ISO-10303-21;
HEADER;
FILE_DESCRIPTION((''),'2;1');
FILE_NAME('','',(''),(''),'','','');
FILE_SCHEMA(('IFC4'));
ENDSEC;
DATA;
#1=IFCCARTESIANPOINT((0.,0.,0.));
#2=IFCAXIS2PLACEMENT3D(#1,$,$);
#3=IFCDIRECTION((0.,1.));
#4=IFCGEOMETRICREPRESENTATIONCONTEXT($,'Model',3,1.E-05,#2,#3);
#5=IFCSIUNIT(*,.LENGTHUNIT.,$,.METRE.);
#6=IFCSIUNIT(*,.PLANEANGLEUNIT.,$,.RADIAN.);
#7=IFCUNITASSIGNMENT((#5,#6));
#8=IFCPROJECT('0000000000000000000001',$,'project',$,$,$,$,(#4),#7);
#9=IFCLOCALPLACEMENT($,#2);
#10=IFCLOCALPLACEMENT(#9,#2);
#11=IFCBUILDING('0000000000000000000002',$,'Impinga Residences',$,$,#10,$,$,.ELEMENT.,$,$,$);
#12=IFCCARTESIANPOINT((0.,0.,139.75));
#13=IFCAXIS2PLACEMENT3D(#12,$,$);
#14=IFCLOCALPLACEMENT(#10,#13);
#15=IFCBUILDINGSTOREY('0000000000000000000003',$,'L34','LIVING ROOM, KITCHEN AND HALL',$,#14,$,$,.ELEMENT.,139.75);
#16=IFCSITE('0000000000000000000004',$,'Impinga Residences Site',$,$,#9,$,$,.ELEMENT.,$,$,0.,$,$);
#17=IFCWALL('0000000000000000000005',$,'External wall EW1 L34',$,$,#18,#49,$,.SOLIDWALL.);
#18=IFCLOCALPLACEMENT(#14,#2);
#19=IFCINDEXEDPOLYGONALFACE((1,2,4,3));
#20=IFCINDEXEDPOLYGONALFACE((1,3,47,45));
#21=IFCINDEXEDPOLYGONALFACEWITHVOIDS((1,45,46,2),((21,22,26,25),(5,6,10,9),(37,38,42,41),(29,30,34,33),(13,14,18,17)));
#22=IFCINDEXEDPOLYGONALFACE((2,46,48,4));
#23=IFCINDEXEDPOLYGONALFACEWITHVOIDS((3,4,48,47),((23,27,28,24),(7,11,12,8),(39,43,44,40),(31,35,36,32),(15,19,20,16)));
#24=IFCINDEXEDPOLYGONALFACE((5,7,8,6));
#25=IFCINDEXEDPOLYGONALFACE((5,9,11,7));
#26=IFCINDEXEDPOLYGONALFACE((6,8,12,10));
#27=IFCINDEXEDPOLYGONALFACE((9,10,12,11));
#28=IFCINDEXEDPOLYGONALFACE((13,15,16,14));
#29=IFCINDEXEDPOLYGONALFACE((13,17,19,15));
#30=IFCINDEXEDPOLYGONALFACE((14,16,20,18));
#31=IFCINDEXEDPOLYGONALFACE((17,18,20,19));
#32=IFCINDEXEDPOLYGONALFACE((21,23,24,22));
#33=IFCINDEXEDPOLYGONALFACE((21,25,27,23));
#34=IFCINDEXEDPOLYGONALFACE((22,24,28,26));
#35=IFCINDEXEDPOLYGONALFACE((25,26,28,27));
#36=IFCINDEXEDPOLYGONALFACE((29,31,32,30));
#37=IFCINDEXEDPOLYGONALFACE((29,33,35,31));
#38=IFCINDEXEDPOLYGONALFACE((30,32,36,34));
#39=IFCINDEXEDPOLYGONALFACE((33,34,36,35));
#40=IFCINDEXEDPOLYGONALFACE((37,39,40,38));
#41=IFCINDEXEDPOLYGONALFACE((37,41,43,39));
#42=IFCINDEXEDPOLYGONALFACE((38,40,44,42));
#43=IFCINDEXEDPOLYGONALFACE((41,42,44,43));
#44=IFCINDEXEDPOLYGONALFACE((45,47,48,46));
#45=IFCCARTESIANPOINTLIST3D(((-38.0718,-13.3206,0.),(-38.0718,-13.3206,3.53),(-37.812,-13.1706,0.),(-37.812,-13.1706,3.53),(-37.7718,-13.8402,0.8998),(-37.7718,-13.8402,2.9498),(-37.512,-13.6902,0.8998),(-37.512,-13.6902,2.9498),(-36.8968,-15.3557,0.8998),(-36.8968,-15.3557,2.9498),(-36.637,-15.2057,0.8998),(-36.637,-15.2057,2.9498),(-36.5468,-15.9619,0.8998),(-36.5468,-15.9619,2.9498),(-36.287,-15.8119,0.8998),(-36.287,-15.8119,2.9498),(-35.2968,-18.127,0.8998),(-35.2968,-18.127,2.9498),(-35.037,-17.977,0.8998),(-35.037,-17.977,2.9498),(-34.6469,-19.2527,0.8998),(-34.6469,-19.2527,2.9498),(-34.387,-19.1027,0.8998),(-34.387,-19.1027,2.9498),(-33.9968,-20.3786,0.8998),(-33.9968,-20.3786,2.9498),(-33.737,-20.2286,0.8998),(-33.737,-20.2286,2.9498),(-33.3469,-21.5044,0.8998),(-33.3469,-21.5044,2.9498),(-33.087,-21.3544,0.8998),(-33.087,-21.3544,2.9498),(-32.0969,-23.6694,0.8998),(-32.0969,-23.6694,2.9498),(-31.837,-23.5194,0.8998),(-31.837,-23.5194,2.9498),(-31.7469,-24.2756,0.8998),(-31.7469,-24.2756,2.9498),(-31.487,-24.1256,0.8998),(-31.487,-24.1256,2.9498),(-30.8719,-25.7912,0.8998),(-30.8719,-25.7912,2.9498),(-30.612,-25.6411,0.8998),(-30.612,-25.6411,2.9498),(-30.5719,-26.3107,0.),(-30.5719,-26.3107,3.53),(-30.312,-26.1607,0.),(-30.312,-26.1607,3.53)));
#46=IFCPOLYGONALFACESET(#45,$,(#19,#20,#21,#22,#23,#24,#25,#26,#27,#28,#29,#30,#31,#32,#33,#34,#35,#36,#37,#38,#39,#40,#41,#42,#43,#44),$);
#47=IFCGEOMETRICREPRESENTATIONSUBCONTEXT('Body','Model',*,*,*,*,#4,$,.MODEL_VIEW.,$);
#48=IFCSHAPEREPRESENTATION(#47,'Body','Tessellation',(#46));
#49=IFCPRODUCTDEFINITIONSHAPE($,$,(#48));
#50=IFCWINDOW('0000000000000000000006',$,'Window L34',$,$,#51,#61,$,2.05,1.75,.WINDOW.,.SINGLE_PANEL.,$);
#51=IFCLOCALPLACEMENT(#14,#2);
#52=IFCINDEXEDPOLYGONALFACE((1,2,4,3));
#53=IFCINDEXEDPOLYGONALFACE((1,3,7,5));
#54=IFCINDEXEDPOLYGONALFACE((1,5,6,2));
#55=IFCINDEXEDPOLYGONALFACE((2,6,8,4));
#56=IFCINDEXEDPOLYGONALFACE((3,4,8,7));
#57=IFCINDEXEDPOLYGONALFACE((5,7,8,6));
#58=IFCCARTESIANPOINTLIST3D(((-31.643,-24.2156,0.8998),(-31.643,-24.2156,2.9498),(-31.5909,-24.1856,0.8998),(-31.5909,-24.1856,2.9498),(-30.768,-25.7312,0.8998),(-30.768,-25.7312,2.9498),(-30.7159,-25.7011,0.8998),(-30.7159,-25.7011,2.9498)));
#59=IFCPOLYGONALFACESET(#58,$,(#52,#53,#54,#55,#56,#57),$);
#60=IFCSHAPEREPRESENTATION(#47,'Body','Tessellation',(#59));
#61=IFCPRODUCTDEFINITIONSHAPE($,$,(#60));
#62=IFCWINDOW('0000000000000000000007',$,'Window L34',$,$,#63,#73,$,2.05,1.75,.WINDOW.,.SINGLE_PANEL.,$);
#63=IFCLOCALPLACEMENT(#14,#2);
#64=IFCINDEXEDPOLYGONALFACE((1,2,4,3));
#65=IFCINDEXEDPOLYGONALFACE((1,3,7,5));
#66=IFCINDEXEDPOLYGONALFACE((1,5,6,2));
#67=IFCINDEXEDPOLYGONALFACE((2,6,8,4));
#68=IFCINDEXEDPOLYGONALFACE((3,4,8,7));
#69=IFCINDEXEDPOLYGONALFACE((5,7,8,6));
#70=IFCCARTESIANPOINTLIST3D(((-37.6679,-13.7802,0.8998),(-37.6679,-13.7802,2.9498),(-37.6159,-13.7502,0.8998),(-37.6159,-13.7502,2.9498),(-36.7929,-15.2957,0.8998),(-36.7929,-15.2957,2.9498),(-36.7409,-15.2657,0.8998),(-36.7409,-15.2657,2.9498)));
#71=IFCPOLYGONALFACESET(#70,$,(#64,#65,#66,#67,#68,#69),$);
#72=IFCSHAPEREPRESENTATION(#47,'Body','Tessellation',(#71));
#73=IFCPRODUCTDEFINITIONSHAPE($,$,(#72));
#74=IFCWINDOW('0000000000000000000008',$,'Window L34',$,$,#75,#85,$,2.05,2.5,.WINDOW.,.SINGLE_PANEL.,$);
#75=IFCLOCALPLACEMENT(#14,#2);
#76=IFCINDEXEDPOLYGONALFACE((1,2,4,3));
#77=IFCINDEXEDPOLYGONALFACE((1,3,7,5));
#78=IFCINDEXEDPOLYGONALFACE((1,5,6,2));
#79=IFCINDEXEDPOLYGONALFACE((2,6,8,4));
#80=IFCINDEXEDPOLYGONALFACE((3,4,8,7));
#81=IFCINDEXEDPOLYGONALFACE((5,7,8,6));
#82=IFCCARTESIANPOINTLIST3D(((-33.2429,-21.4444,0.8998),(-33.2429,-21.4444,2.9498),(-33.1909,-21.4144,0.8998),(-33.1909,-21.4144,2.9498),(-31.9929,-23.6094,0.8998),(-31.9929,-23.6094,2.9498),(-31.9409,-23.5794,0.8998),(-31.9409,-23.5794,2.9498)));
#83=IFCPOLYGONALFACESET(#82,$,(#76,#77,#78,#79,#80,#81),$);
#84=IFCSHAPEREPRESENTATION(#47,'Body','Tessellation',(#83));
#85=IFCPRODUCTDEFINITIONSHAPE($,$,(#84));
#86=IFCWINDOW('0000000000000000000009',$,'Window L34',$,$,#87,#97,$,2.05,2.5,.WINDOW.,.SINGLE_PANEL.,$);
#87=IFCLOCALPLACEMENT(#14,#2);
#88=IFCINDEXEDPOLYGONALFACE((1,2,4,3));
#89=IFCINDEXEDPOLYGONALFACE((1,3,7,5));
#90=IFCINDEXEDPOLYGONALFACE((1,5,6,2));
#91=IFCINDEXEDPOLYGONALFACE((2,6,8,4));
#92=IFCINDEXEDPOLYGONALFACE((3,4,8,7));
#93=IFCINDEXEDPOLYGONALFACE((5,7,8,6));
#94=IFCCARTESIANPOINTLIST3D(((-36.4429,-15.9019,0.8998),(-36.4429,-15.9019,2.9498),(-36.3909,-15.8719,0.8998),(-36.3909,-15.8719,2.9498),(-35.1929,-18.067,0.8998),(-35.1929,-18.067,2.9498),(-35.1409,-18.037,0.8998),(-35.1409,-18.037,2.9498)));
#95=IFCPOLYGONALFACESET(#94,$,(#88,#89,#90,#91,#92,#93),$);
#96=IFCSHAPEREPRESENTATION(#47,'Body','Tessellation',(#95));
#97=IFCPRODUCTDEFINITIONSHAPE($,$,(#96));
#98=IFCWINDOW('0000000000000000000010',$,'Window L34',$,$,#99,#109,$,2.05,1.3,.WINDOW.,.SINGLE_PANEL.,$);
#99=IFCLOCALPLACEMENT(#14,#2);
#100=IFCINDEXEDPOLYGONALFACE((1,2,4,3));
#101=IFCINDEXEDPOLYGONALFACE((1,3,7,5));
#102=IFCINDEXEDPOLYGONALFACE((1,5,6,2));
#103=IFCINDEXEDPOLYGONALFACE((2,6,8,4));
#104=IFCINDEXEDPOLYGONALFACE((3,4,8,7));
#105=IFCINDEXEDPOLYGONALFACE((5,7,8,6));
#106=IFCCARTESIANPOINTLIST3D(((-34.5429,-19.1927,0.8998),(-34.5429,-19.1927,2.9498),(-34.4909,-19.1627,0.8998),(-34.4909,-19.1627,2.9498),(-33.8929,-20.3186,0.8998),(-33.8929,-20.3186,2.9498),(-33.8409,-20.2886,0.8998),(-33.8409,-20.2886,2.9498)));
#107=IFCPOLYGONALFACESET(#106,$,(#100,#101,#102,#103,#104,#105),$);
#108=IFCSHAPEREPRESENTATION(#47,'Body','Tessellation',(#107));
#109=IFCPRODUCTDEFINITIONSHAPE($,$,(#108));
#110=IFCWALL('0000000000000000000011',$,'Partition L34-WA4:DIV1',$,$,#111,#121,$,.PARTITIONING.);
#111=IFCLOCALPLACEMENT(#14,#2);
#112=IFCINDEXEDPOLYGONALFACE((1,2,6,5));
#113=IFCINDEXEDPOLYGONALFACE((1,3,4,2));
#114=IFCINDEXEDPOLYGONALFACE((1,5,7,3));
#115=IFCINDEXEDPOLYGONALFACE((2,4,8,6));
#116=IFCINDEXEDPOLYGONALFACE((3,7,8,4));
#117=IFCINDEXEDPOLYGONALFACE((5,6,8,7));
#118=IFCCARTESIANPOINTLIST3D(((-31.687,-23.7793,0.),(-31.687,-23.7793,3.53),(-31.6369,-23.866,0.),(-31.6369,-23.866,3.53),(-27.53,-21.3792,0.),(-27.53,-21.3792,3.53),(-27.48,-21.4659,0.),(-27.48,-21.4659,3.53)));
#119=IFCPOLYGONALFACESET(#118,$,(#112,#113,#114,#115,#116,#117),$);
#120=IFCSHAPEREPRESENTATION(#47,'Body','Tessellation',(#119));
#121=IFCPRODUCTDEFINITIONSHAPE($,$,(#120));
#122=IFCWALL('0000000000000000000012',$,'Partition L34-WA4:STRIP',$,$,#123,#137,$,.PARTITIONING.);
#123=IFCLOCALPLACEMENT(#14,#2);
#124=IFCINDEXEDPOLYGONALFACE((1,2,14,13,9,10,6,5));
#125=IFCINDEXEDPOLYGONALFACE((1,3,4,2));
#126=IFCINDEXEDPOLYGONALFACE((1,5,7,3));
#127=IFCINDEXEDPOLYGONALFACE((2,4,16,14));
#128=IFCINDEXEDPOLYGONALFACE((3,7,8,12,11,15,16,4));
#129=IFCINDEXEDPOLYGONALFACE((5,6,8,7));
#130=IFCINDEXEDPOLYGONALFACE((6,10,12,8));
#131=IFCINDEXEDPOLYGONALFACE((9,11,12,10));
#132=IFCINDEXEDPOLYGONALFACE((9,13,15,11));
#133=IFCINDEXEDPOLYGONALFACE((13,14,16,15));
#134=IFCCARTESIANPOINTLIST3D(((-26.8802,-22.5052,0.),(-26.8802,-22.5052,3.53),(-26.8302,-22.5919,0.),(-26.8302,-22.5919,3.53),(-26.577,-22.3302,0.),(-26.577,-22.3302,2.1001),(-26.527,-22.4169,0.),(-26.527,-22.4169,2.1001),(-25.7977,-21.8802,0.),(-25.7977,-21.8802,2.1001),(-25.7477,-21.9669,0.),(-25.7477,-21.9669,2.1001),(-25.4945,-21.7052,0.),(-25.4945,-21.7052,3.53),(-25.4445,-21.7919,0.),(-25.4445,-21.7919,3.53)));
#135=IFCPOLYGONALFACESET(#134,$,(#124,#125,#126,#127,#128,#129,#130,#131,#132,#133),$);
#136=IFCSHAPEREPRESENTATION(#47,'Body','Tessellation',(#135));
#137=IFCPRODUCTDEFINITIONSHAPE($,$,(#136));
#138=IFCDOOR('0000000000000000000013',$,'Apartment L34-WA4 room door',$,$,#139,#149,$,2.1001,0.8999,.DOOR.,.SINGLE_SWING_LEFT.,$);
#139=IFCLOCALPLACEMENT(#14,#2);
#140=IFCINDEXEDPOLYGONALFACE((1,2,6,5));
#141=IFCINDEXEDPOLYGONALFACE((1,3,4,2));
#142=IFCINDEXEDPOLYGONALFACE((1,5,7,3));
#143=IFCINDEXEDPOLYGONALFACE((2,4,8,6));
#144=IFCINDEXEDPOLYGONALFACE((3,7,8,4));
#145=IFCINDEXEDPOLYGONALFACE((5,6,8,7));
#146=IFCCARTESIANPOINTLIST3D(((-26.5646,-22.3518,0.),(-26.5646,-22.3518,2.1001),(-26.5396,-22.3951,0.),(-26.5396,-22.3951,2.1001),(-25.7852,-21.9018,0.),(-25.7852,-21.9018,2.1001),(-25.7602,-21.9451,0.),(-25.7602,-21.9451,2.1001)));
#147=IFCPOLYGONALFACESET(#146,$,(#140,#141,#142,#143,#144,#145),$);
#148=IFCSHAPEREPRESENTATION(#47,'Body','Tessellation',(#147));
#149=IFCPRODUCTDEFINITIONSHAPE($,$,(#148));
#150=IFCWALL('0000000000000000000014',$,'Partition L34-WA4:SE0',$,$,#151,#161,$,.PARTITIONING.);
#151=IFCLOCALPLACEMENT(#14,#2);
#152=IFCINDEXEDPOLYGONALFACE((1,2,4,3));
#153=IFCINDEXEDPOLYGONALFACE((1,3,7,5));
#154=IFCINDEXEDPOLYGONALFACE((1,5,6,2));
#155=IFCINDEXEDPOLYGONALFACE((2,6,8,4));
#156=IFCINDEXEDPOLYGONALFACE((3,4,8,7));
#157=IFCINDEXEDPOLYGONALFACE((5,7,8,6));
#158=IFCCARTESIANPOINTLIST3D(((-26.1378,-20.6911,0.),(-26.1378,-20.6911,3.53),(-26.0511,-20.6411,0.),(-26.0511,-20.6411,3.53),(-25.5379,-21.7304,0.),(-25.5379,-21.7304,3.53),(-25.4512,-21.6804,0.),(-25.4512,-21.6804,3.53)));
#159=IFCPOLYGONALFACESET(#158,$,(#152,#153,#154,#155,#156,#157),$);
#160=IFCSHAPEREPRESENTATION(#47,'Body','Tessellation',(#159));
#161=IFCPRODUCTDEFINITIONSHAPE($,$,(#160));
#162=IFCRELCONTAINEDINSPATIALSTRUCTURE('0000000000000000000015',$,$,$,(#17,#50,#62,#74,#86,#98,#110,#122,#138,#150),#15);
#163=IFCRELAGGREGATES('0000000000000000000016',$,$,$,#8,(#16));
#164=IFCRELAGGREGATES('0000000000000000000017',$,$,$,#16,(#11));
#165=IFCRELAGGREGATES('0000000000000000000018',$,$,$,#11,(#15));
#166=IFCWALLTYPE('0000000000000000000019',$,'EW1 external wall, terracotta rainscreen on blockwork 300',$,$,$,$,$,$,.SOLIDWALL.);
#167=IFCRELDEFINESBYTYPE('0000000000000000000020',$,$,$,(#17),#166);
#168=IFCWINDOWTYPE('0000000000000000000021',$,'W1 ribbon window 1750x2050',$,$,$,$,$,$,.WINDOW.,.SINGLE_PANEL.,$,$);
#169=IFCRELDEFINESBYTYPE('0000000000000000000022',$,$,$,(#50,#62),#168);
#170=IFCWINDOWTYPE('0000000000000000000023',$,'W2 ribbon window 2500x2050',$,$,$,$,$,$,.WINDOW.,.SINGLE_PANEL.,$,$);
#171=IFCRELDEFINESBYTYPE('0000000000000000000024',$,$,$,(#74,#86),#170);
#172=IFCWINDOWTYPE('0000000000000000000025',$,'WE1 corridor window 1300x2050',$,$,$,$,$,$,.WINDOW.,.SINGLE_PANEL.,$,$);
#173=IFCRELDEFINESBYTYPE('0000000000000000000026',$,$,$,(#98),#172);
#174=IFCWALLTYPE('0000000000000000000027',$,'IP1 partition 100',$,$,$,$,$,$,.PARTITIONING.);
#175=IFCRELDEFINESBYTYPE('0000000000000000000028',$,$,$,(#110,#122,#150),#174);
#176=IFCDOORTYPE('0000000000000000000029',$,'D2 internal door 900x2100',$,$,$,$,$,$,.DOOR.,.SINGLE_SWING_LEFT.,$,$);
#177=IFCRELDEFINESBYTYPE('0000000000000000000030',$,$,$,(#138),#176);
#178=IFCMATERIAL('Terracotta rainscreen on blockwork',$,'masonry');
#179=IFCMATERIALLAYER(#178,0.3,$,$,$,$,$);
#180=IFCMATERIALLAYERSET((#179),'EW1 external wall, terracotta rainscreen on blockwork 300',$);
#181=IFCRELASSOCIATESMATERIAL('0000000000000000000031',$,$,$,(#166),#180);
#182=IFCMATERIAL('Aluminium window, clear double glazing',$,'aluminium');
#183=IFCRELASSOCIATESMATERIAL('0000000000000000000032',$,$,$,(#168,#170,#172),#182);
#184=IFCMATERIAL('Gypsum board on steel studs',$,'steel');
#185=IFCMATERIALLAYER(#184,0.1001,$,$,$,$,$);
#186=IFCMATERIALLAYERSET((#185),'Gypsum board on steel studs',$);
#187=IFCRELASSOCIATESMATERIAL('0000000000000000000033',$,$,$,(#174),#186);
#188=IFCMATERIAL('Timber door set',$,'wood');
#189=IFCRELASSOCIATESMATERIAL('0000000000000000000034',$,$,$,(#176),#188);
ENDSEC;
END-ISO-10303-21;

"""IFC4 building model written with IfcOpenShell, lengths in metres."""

from ifc_helpers import new_model, si_unit, direction, frame, frame_2d, origin, place, context, subcontext, project, spatial, rectangle, extrude, material, layer, layer_set, type_object, element, fill, save


model = new_model("IFC4")

# Units and contexts
model_context = context("Model", 3, precision=1e-05, world=origin(), true_north=direction((0.0, 1.0)))
body_context = subcontext(model_context, "Body", "Model", "MODEL_VIEW")
ifc_project = project(units=[si_unit("LENGTHUNIT", "METRE"), si_unit("PLANEANGLEUNIT", "RADIAN")], contexts=[model_context])

# Site, building, storey
site_placement = place(None, origin())
site = spatial("IfcSite", under=ifc_project, at=site_placement, Name="Impinga Residences Site", CompositionType="ELEMENT", RefElevation=0.0)
building_placement = place(site_placement, origin())
building = spatial("IfcBuilding", under=site, at=building_placement, Name="Impinga Residences", CompositionType="ELEMENT")
storey_placement = place(building_placement, frame((0.0, 0.0, 139.75)))
storey = spatial("IfcBuildingStorey", under=building, at=storey_placement, Name="L34", Description="LIVING ROOM, KITCHEN AND HALL", CompositionType="ELEMENT", Elevation=139.75)

# Shared definitions
ifc_material_1 = material(Name="Terracotta rainscreen on blockwork", Category="masonry")
ifc_layer_1 = layer(ifc_material_1, 0.3)
ifc_layer_set_1 = layer_set([ifc_layer_1], Name="EW1 external wall, terracotta rainscreen on blockwork 300")
wall_type_1 = type_object("IfcWallType", Name="EW1 external wall, terracotta rainscreen on blockwork 300", PredefinedType="SOLIDWALL", material=ifc_layer_set_1)

# Wall, openings, windows
wall_1_placement = place(storey_placement, frame((-30.4419, -26.2358, 0.0), z_axis=(0.0, 0.0, 1.0), x_axis=(-0.500004, 0.866023, 0.0)))
wall_1 = element("IfcWall", 1, at=wall_1_placement, inside=storey, type_object=wall_type_1, Name="External wall EW1 L34", PredefinedType="SOLIDWALL", context=body_context, shape_type="SweptSolid", body=[
    extrude(rectangle(XDim=14.9998, YDim=0.3, at=frame_2d((7.5, 0.0))), origin(), (0.0, 0.0, 1.0), 3.53),
])
opening_1_placement = place(wall_1_placement, frame((0.6001, 0.0, 0.8999)))
opening_1 = element("IfcOpeningElement", 2, at=opening_1_placement, cuts=wall_1, PredefinedType="OPENING", context=body_context, shape_type="SweptSolid", body=[
    extrude(rectangle(XDim=1.75, YDim=2.05, at=frame_2d((0.875, 1.0249))), frame((0.0, 0.1599, 0.0), z_axis=(0.0, -1.0, 0.0), x_axis=(1.0, 0.0, 0.0)), (0.0, 0.0, 1.0), 0.3201),
])
opening_2_placement = place(wall_1_placement, frame((3.05, 0.0, 0.8999)))
opening_2 = element("IfcOpeningElement", 3, at=opening_2_placement, cuts=wall_1, PredefinedType="OPENING", context=body_context, shape_type="SweptSolid", body=[
    extrude(rectangle(XDim=2.5, YDim=2.05, at=frame_2d((1.25, 1.0249))), frame((0.0, 0.1599, 0.0), z_axis=(0.0, -1.0, 0.0), x_axis=(1.0, 0.0, 0.0)), (0.0, 0.0, 1.0), 0.3201),
])
opening_3_placement = place(wall_1_placement, frame((6.8501, 0.0, 0.8999)))
opening_3 = element("IfcOpeningElement", 4, at=opening_3_placement, cuts=wall_1, PredefinedType="OPENING", context=body_context, shape_type="SweptSolid", body=[
    extrude(rectangle(XDim=1.3, YDim=2.05, at=frame_2d((0.6499, 1.0249))), frame((0.0, 0.1599, 0.0), z_axis=(0.0, -1.0, 0.0), x_axis=(1.0, 0.0, 0.0)), (0.0, 0.0, 1.0), 0.3201),
])
opening_4_placement = place(wall_1_placement, frame((9.45, 0.0, 0.8999)))
opening_4 = element("IfcOpeningElement", 5, at=opening_4_placement, cuts=wall_1, PredefinedType="OPENING", context=body_context, shape_type="SweptSolid", body=[
    extrude(rectangle(XDim=2.5, YDim=2.05, at=frame_2d((1.25, 1.0249))), frame((0.0, 0.1599, 0.0), z_axis=(0.0, -1.0, 0.0), x_axis=(1.0, 0.0, 0.0)), (0.0, 0.0, 1.0), 0.3201),
])
opening_5_placement = place(wall_1_placement, frame((12.6499, 0.0, 0.8999)))
opening_5 = element("IfcOpeningElement", 6, at=opening_5_placement, cuts=wall_1, PredefinedType="OPENING", context=body_context, shape_type="SweptSolid", body=[
    extrude(rectangle(XDim=1.75, YDim=2.05, at=frame_2d((0.875, 1.0249))), frame((0.0, 0.1599, 0.0), z_axis=(0.0, -1.0, 0.0), x_axis=(1.0, 0.0, 0.0)), (0.0, 0.0, 1.0), 0.3201),
])
ifc_material_2 = material(Name="Aluminium window, clear double glazing", Category="aluminium")
window_type_1 = type_object("IfcWindowType", Name="W1 ribbon window 1750x2050", PartitioningType="SINGLE_PANEL", PredefinedType="WINDOW", material=ifc_material_2)
window_1_placement = place(opening_1_placement, origin())
window_1 = element("IfcWindow", 7, at=window_1_placement, inside=storey, type_object=window_type_1, Name="Window L34", OverallHeight=2.05, OverallWidth=1.75, PartitioningType="SINGLE_PANEL", PredefinedType="WINDOW", context=body_context, shape_type="SweptSolid", body=[
    extrude(rectangle(XDim=1.75, YDim=2.05, at=frame_2d((0.875, 1.0249))), frame((0.0, 0.03, 0.0), z_axis=(0.0, -1.0, 0.0), x_axis=(1.0, 0.0, 0.0)), (0.0, 0.0, 1.0), 0.0601),
])
fill(opening_1, window_1)
window_2_placement = place(opening_5_placement, origin())
window_2 = element("IfcWindow", 8, at=window_2_placement, inside=storey, type_object=window_type_1, Name="Window L34", OverallHeight=2.05, OverallWidth=1.75, PartitioningType="SINGLE_PANEL", PredefinedType="WINDOW", context=body_context, shape_type="SweptSolid", body=[
    extrude(rectangle(XDim=1.75, YDim=2.05, at=frame_2d((0.875, 1.0249))), frame((0.0, 0.03, 0.0), z_axis=(0.0, -1.0, 0.0), x_axis=(1.0, 0.0, 0.0)), (0.0, 0.0, 1.0), 0.0601),
])
fill(opening_5, window_2)
window_type_2 = type_object("IfcWindowType", Name="W2 ribbon window 2500x2050", PartitioningType="SINGLE_PANEL", PredefinedType="WINDOW", material=ifc_material_2)
window_3_placement = place(opening_2_placement, origin())
window_3 = element("IfcWindow", 9, at=window_3_placement, inside=storey, type_object=window_type_2, Name="Window L34", OverallHeight=2.05, OverallWidth=2.5, PartitioningType="SINGLE_PANEL", PredefinedType="WINDOW", context=body_context, shape_type="SweptSolid", body=[
    extrude(rectangle(XDim=2.5, YDim=2.05, at=frame_2d((1.25, 1.0249))), frame((0.0, 0.03, 0.0), z_axis=(0.0, -1.0, 0.0), x_axis=(1.0, 0.0, 0.0)), (0.0, 0.0, 1.0), 0.0601),
])
fill(opening_2, window_3)
window_4_placement = place(opening_4_placement, origin())
window_4 = element("IfcWindow", 10, at=window_4_placement, inside=storey, type_object=window_type_2, Name="Window L34", OverallHeight=2.05, OverallWidth=2.5, PartitioningType="SINGLE_PANEL", PredefinedType="WINDOW", context=body_context, shape_type="SweptSolid", body=[
    extrude(rectangle(XDim=2.5, YDim=2.05, at=frame_2d((1.25, 1.0249))), frame((0.0, 0.03, 0.0), z_axis=(0.0, -1.0, 0.0), x_axis=(1.0, 0.0, 0.0)), (0.0, 0.0, 1.0), 0.0601),
])
fill(opening_4, window_4)
window_type_3 = type_object("IfcWindowType", Name="WE1 corridor window 1300x2050", PartitioningType="SINGLE_PANEL", PredefinedType="WINDOW", material=ifc_material_2)
window_5_placement = place(opening_3_placement, origin())
window_5 = element("IfcWindow", 11, at=window_5_placement, inside=storey, type_object=window_type_3, Name="Window L34", OverallHeight=2.05, OverallWidth=1.3, PartitioningType="SINGLE_PANEL", PredefinedType="WINDOW", context=body_context, shape_type="SweptSolid", body=[
    extrude(rectangle(XDim=1.3, YDim=2.05, at=frame_2d((0.6499, 1.0249))), frame((0.0, 0.03, 0.0), z_axis=(0.0, -1.0, 0.0), x_axis=(1.0, 0.0, 0.0)), (0.0, 0.0, 1.0), 0.0601),
])
fill(opening_3, window_5)

# Wall
ifc_material_3 = material(Name="Gypsum board on steel studs", Category="steel")
ifc_layer_2 = layer(ifc_material_3, 0.1001)
ifc_layer_set_2 = layer_set([ifc_layer_2], Name="Gypsum board on steel studs")
wall_type_2 = type_object("IfcWallType", Name="IP1 partition 100", PredefinedType="PARTITIONING", material=ifc_layer_set_2)
wall_2_placement = place(storey_placement, frame((-27.5051, -21.4226, 0.0), z_axis=(0.0, 0.0, 1.0), x_axis=(-0.866015, -0.500017, 0.0)))
element("IfcWall", 12, at=wall_2_placement, inside=storey, type_object=wall_type_2, Name="Partition L34-WA4:DIV1", PredefinedType="PARTITIONING", context=body_context, shape_type="SweptSolid", body=[
    extrude(rectangle(XDim=4.8, YDim=0.1001, at=frame_2d((2.3999, 0.0))), origin(), (0.0, 0.0, 1.0), 3.53),
])

# Wall, opening, door
wall_3_placement = place(storey_placement, frame((-25.4695, -21.7485, 0.0), z_axis=(0.0, 0.0, 1.0), x_axis=(-0.866028, -0.499995, 0.0)))
wall_3 = element("IfcWall", 13, at=wall_3_placement, inside=storey, type_object=wall_type_2, Name="Partition L34-WA4:STRIP", PredefinedType="PARTITIONING", context=body_context, shape_type="SweptSolid", body=[
    extrude(rectangle(XDim=1.6001, YDim=0.1001, at=frame_2d((0.8, 0.0))), origin(), (0.0, 0.0, 1.0), 3.53),
])
opening_6_placement = place(wall_3_placement, frame((0.3501, 0.0, 0.0)))
opening_6 = element("IfcOpeningElement", 14, at=opening_6_placement, cuts=wall_3, PredefinedType="OPENING", context=body_context, shape_type="SweptSolid", body=[
    extrude(rectangle(XDim=0.8999, YDim=2.1001, at=frame_2d((0.45, 1.05))), frame((0.0, 0.0601, 0.0), z_axis=(0.0, -1.0, 0.0), x_axis=(1.0, 0.0, 0.0)), (0.0, 0.0, 1.0), 0.1201),
])
ifc_material_4 = material(Name="Timber door set", Category="wood")
door_type = type_object("IfcDoorType", Name="D2 internal door 900x2100", OperationType="SINGLE_SWING_LEFT", PredefinedType="DOOR", material=ifc_material_4)
door_placement = place(opening_6_placement, origin())
door = element("IfcDoor", 15, at=door_placement, inside=storey, type_object=door_type, Name="Apartment L34-WA4 room door", OperationType="SINGLE_SWING_LEFT", OverallHeight=2.1001, OverallWidth=0.8999, PredefinedType="DOOR", context=body_context, shape_type="SweptSolid", body=[
    extrude(rectangle(XDim=0.8999, YDim=2.1001, at=frame_2d((0.45, 1.05))), frame((0.0, 0.0249, 0.0), z_axis=(0.0, -1.0, 0.0), x_axis=(1.0, 0.0, 0.0)), (0.0, 0.0, 1.0), 0.05),
])
fill(opening_6, door)

# Wall
for number, where, z_axis, x_axis, name in (
    (16, (-26.0945, -20.666, 0.0), (0.0, 0.0, 1.0), (0.499881, -0.866094, 0.0), "Partition L34-WA4:SE0"),
):
    element("IfcWall", number, at=place(storey_placement, frame(where, z_axis=z_axis, x_axis=x_axis)), inside=storey, type_object=wall_type_2, Name=name, PredefinedType="PARTITIONING", context=body_context, shape_type="SweptSolid", body=[
        extrude(rectangle(XDim=1.2, YDim=0.1001, at=frame_2d((0.6001, 0.0))), origin(), (0.0, 0.0, 1.0), 3.53),
    ])

save(model, "model.ifc")
